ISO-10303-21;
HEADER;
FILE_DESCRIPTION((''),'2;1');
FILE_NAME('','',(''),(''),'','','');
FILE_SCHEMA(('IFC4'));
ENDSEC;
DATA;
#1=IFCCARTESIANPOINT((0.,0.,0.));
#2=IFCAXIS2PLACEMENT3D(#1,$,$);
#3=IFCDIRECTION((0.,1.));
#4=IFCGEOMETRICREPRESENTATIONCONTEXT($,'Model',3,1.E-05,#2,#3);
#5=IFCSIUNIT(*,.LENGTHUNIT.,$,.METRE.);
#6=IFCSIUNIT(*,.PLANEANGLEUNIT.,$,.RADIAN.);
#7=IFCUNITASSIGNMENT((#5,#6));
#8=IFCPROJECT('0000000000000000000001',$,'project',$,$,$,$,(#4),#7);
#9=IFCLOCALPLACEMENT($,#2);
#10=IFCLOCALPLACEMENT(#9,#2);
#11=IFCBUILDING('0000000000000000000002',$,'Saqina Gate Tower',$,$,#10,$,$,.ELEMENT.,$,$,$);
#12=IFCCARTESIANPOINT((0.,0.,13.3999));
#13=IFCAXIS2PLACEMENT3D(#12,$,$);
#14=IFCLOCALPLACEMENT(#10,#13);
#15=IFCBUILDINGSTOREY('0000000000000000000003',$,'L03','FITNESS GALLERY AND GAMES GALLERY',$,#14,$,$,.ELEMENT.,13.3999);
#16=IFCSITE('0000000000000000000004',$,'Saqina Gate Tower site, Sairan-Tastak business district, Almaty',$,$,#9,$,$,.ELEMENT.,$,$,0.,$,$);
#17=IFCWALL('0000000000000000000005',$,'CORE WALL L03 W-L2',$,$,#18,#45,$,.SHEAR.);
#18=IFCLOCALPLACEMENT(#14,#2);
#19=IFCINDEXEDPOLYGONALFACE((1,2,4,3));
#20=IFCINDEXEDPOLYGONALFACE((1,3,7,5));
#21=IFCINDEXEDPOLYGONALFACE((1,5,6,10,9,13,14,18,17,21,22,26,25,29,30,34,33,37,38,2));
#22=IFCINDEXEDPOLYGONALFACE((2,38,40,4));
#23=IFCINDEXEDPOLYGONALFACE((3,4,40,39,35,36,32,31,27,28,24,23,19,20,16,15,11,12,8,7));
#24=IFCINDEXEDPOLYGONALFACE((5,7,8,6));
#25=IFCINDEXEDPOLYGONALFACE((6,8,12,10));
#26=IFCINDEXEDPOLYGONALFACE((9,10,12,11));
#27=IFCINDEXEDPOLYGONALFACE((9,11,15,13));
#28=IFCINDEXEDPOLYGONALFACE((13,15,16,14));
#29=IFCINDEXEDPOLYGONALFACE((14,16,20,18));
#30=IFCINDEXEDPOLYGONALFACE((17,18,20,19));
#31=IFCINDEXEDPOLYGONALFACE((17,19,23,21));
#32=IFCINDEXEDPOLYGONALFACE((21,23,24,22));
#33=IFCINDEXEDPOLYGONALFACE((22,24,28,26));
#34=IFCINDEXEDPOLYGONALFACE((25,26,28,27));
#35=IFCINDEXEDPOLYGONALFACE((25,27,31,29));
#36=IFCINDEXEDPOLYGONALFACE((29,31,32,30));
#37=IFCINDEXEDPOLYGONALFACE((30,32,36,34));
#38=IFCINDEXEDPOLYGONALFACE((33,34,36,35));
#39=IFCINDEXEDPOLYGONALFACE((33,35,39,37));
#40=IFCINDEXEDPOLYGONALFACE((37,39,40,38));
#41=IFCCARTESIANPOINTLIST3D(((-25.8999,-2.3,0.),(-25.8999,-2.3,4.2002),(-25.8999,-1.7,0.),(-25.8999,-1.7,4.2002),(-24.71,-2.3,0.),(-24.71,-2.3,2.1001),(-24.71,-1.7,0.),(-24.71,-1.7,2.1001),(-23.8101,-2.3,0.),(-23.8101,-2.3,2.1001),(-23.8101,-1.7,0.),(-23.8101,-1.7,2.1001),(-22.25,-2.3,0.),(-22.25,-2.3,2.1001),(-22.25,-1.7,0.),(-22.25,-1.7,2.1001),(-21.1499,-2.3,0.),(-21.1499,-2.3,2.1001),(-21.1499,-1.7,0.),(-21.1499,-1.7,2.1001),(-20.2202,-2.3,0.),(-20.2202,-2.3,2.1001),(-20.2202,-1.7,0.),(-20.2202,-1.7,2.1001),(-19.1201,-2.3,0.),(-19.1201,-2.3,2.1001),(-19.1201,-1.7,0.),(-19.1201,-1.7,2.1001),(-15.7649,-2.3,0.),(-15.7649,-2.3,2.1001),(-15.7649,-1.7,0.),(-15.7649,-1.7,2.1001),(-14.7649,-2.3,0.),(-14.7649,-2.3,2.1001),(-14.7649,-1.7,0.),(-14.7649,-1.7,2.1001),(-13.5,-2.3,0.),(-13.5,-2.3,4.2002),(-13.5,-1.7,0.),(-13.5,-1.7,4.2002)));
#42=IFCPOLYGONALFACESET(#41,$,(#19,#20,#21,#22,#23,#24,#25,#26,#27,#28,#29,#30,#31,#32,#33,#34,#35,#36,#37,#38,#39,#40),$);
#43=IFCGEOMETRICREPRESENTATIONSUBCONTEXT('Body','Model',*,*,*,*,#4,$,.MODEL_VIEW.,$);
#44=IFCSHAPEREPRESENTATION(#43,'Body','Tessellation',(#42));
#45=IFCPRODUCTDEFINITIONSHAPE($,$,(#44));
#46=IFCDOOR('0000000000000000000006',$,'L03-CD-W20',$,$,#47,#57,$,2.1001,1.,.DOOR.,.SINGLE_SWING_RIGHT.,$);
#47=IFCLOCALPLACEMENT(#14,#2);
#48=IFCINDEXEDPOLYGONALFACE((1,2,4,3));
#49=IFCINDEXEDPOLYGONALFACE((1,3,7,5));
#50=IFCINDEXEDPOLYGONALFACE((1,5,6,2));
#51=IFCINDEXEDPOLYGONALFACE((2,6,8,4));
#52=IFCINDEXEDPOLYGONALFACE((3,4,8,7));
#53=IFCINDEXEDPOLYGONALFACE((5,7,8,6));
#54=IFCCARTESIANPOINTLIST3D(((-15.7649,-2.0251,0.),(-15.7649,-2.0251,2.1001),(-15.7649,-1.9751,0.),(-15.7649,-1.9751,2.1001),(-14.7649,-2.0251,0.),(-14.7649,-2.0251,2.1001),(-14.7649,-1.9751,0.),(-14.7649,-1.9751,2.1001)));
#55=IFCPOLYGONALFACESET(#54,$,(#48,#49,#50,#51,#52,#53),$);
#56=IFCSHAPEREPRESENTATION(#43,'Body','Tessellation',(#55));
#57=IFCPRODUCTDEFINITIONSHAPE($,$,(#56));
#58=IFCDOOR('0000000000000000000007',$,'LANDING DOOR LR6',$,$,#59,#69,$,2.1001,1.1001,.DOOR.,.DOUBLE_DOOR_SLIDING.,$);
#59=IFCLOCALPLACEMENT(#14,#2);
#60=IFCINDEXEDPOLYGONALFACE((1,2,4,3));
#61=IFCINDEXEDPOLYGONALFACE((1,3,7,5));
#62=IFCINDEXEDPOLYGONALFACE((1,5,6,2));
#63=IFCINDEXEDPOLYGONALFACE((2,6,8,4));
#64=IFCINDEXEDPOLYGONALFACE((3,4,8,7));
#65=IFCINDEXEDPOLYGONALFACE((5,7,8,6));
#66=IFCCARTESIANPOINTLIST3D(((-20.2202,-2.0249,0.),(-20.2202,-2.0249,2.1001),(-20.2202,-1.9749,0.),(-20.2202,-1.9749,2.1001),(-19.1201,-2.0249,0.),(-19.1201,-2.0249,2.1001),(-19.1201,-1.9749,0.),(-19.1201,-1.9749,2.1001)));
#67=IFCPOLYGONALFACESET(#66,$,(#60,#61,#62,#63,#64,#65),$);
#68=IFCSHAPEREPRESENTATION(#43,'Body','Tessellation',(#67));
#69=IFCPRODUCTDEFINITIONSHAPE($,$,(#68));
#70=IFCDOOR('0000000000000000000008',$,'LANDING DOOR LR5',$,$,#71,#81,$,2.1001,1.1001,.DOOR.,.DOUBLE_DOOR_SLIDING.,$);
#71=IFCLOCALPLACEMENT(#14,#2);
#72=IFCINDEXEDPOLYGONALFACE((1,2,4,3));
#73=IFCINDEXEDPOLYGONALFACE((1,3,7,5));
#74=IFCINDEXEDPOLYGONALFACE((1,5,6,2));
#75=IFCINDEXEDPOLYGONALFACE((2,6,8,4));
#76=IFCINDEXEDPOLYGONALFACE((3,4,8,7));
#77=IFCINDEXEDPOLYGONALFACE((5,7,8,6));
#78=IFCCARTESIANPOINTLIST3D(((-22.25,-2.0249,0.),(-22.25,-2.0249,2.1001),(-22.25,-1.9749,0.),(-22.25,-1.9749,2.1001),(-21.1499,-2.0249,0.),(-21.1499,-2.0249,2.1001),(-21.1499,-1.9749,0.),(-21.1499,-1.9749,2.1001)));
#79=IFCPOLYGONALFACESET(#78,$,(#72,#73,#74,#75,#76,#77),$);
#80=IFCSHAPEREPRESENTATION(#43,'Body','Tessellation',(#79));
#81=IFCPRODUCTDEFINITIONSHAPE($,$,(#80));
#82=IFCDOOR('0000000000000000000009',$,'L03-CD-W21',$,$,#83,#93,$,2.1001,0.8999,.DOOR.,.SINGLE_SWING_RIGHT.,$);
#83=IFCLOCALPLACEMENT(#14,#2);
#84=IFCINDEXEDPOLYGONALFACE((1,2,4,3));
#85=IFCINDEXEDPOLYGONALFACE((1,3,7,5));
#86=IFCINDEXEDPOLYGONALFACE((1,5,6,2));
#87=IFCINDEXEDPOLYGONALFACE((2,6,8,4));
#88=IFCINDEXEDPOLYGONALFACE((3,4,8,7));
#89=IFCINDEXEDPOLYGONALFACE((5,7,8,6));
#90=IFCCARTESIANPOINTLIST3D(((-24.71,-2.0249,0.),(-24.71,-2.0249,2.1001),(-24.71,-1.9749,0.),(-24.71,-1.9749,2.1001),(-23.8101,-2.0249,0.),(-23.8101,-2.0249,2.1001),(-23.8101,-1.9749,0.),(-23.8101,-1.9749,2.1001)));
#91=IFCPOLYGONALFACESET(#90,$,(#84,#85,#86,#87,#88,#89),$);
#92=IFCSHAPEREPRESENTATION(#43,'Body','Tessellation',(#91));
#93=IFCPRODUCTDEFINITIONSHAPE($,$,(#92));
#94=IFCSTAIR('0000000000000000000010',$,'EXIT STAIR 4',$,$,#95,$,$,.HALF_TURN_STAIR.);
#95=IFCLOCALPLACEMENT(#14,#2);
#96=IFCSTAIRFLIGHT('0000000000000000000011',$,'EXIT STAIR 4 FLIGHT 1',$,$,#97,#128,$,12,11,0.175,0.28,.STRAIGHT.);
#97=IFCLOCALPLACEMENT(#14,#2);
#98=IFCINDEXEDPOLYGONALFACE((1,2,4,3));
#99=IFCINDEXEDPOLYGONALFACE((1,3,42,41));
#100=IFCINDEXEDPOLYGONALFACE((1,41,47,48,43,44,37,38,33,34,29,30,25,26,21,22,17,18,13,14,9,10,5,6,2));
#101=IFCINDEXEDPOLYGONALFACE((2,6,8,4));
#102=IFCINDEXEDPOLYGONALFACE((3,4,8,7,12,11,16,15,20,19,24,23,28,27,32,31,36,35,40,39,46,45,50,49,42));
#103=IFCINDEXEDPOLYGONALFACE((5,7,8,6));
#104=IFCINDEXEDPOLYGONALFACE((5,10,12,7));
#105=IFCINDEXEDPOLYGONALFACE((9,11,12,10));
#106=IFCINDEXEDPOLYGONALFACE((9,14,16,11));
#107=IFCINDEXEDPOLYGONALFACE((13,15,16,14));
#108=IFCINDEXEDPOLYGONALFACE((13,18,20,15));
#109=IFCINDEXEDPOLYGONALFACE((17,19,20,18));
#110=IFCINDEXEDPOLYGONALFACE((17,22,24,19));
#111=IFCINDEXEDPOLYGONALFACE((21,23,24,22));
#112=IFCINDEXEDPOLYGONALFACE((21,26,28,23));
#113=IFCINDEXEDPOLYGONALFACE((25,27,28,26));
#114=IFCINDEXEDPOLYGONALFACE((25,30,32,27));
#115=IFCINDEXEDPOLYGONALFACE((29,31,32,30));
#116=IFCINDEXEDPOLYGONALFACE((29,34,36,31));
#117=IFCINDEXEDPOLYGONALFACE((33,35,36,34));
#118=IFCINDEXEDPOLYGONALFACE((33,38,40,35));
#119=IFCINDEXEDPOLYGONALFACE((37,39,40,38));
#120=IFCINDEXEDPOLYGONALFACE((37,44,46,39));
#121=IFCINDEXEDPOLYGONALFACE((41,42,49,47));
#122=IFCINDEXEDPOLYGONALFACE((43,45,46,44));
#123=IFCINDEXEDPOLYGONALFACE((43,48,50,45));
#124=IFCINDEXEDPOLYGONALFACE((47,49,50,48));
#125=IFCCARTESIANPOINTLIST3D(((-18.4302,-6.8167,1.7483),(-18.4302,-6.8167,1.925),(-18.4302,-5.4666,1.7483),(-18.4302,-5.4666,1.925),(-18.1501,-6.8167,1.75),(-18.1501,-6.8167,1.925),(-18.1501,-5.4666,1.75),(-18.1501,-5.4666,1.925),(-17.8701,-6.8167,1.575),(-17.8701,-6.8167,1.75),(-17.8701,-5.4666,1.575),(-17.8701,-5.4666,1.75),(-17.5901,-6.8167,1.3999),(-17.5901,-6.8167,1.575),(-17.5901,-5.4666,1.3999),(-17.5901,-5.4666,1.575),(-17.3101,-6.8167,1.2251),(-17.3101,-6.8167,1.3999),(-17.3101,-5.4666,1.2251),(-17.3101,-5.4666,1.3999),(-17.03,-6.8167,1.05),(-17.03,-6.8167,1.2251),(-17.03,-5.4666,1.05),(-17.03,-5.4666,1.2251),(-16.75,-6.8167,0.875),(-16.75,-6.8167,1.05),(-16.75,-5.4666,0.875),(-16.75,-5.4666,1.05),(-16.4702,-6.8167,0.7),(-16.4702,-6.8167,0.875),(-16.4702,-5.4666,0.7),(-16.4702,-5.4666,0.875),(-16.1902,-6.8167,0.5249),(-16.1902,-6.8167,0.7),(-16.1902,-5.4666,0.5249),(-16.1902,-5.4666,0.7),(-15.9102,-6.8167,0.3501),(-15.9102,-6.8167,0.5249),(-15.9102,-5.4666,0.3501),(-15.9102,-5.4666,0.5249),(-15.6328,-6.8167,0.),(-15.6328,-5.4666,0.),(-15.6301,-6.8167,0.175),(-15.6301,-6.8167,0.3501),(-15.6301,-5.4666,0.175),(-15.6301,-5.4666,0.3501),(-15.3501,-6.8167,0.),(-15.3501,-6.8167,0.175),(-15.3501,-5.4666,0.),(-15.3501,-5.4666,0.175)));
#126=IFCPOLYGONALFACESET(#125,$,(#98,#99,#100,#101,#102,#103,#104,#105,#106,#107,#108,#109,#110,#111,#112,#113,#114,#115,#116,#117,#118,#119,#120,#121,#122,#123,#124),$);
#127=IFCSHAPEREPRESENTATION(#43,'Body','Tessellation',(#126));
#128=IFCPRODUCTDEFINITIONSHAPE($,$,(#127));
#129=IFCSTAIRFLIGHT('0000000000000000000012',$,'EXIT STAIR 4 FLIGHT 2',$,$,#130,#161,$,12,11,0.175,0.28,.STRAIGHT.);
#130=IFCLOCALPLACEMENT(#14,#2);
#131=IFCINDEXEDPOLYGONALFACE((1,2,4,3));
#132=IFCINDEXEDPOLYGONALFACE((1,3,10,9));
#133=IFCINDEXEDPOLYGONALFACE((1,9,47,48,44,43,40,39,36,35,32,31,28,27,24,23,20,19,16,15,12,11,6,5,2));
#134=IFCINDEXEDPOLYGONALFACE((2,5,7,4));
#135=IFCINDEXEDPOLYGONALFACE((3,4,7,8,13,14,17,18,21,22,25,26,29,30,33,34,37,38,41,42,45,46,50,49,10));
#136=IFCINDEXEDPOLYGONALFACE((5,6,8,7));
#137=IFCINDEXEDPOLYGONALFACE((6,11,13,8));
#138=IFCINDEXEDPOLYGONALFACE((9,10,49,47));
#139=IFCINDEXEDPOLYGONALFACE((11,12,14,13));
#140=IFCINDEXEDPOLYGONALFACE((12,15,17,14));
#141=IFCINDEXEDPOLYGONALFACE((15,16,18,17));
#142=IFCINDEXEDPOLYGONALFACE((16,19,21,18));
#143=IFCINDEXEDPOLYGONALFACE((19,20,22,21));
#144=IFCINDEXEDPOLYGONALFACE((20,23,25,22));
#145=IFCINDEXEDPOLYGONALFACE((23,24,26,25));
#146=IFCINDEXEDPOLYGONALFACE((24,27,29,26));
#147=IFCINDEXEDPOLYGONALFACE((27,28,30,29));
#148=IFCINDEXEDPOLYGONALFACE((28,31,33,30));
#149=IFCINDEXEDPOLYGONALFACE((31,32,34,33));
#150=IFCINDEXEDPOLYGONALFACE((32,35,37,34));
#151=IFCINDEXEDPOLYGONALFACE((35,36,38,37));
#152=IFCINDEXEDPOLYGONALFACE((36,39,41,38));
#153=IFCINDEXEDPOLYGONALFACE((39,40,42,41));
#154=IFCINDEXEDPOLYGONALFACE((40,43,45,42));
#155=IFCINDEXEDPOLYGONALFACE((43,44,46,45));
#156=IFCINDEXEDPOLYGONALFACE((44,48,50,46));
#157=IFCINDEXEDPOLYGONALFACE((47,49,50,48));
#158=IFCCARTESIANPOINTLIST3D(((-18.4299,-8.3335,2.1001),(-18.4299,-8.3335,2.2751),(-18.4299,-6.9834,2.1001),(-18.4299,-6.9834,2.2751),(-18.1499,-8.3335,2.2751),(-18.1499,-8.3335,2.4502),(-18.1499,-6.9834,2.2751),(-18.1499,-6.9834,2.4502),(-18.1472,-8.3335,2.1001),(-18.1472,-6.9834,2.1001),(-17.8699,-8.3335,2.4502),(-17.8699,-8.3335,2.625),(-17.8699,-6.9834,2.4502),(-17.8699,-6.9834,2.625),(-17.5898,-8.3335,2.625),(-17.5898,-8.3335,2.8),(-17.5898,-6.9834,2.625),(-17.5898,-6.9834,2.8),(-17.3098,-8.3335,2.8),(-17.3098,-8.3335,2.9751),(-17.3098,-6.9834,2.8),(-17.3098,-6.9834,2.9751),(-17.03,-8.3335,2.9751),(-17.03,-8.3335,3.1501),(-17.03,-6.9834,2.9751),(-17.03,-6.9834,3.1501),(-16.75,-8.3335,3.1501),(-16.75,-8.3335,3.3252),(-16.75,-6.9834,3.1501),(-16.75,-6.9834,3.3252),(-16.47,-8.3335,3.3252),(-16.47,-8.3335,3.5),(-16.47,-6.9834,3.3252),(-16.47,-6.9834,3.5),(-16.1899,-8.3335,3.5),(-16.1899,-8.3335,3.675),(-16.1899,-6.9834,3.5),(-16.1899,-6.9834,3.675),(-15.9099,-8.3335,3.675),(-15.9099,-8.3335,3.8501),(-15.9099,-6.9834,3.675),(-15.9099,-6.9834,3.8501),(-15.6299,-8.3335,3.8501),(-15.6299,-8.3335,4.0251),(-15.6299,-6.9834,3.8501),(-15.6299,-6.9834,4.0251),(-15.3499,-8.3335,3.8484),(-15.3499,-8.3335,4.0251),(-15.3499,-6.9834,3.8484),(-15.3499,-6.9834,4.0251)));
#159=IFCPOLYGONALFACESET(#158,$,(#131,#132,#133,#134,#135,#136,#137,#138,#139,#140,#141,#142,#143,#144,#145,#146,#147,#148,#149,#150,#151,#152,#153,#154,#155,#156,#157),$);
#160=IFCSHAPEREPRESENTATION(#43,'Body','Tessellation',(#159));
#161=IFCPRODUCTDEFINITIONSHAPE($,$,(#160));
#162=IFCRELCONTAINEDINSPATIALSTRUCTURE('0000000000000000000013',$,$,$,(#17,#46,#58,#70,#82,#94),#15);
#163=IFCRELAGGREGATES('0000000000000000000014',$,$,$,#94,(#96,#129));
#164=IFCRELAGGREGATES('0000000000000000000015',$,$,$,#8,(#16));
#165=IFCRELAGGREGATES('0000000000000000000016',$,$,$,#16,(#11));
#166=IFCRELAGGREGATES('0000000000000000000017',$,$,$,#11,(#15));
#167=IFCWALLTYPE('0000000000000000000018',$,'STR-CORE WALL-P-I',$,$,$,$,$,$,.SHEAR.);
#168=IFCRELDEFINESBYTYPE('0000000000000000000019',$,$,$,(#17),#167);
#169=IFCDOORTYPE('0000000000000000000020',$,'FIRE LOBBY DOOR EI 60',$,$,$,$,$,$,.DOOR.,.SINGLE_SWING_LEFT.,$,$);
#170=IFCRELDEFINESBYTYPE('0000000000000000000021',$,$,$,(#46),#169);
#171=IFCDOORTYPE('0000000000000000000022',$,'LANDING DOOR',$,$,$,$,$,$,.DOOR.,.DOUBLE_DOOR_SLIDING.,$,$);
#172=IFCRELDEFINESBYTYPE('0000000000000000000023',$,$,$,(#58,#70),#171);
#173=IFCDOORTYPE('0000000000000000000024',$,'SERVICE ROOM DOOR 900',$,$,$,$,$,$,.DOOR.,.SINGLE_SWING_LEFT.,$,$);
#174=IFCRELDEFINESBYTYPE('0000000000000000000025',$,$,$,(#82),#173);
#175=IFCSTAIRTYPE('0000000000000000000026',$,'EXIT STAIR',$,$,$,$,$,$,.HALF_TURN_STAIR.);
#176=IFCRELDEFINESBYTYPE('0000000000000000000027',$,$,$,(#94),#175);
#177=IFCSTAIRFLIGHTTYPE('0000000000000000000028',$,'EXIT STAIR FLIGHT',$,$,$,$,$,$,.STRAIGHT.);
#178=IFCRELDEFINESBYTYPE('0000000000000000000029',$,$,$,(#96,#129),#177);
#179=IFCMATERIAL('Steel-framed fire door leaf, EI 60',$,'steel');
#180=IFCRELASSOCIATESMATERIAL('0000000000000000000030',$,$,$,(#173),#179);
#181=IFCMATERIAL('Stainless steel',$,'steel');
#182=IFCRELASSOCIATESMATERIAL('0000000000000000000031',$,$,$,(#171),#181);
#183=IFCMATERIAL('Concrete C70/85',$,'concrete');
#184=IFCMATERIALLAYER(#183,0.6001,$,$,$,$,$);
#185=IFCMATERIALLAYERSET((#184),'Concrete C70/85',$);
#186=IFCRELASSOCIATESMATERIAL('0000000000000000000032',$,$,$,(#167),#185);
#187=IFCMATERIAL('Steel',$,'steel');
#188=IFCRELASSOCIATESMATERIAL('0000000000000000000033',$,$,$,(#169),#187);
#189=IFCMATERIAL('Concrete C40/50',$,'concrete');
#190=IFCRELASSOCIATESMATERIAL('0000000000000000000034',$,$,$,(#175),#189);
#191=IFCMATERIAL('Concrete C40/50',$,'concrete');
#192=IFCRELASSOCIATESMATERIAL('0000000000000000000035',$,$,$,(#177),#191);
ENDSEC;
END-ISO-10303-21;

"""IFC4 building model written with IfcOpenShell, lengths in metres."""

from ifc_helpers import new_model, si_unit, direction, frame, frame_2d, origin, place, context, subcontext, project, spatial, polyline, rectangle, outline, extrude, material, layer, layer_set, type_object, element, fill, aggregate, save


model = new_model("IFC4")

# Units and contexts
model_context = context("Model", 3, precision=1e-05, world=origin(), true_north=direction((0.0, 1.0)))
body_context = subcontext(model_context, "Body", "Model", "MODEL_VIEW")
ifc_project = project(units=[si_unit("LENGTHUNIT", "METRE"), si_unit("PLANEANGLEUNIT", "RADIAN")], contexts=[model_context])

# Site, building, storey
site_placement = place(None, origin())
site = spatial("IfcSite", under=ifc_project, at=site_placement, Name="Saqina Gate Tower site, Sairan-Tastak business district, Almaty", CompositionType="ELEMENT", RefElevation=0.0)
building_placement = place(site_placement, origin())
building = spatial("IfcBuilding", under=site, at=building_placement, Name="Saqina Gate Tower", CompositionType="ELEMENT")
storey_placement = place(building_placement, frame((0.0, 0.0, 13.3999)))
storey = spatial("IfcBuildingStorey", under=building, at=storey_placement, Name="L03", Description="FITNESS GALLERY AND GAMES GALLERY", CompositionType="ELEMENT", Elevation=13.3999)

# Shared definitions
ifc_material_1 = material(Name="Steel-framed fire door leaf, EI 60", Category="steel")
door_type_1 = type_object("IfcDoorType", Name="SERVICE ROOM DOOR 900", OperationType="SINGLE_SWING_LEFT", PredefinedType="DOOR", material=ifc_material_1)
ifc_material_2 = material(Name="Stainless steel", Category="steel")
door_type_2 = type_object("IfcDoorType", Name="LANDING DOOR", OperationType="DOUBLE_DOOR_SLIDING", PredefinedType="DOOR", material=ifc_material_2)

# Wall, openings, doors
ifc_material_3 = material(Name="Concrete C70/85", Category="concrete")
ifc_layer_1 = layer(ifc_material_3, 0.6001)
ifc_layer_set_1 = layer_set([ifc_layer_1], Name="Concrete C70/85")
wall_type_1 = type_object("IfcWallType", Name="STR-CORE WALL-P-I", PredefinedType="SHEAR", material=ifc_layer_set_1)
wall_1_placement = place(storey_placement, frame((-13.5, -2.0, 0.0), z_axis=(0.0, 0.0, 1.0), x_axis=(-1.0, 0.0, 0.0)))
wall_1 = element("IfcWall", 1, at=wall_1_placement, inside=storey, type_object=wall_type_1, Name="CORE WALL L03 W-L2", PredefinedType="SHEAR", context=body_context, shape_type="SweptSolid", body=[
    extrude(rectangle(XDim=12.3999, YDim=0.6001, at=frame_2d((6.2, 0.0))), origin(), (0.0, 0.0, 1.0), 4.2002),
])
opening_1_placement = place(wall_1_placement, frame((5.6201, 0.0, 0.0)))
opening_1 = element("IfcOpeningElement", 2, at=opening_1_placement, cuts=wall_1, PredefinedType="OPENING", context=body_context, shape_type="SweptSolid", body=[
    extrude(rectangle(XDim=1.1001, YDim=2.1001, at=frame_2d((0.55, 1.05))), frame((0.0, 0.312, 0.0), z_axis=(0.0, -1.0, 0.0), x_axis=(1.0, 0.0, 0.0)), (0.0, 0.0, 1.0), 0.624),
])
opening_2_placement = place(wall_1_placement, frame((7.6499, 0.0, 0.0)))
opening_2 = element("IfcOpeningElement", 3, at=opening_2_placement, cuts=wall_1, PredefinedType="OPENING", context=body_context, shape_type="SweptSolid", body=[
    extrude(rectangle(XDim=1.1001, YDim=2.1001, at=frame_2d((0.55, 1.05))), frame((0.0, 0.312, 0.0), z_axis=(0.0, -1.0, 0.0), x_axis=(1.0, 0.0, 0.0)), (0.0, 0.0, 1.0), 0.624),
])
opening_3_placement = place(wall_1_placement, frame((1.2649, 0.0, 0.0)))
opening_3 = element("IfcOpeningElement", 4, at=opening_3_placement, cuts=wall_1, PredefinedType="OPENING", context=body_context, shape_type="SweptSolid", body=[
    extrude(rectangle(XDim=1.0, YDim=2.1001, at=frame_2d((0.5, 1.05))), frame((0.0, 0.312, 0.0), z_axis=(0.0, -1.0, 0.0), x_axis=(1.0, 0.0, 0.0)), (0.0, 0.0, 1.0), 0.624),
])
opening_4_placement = place(wall_1_placement, frame((10.3101, 0.0, 0.0)))
opening_4 = element("IfcOpeningElement", 5, at=opening_4_placement, cuts=wall_1, PredefinedType="OPENING", context=body_context, shape_type="SweptSolid", body=[
    extrude(rectangle(XDim=0.8999, YDim=2.1001, at=frame_2d((0.45, 1.05))), frame((0.0, 0.312, 0.0), z_axis=(0.0, -1.0, 0.0), x_axis=(1.0, 0.0, 0.0)), (0.0, 0.0, 1.0), 0.624),
])
ifc_material_4 = material(Name="Steel", Category="steel")
door_type_3 = type_object("IfcDoorType", Name="FIRE LOBBY DOOR EI 60", OperationType="SINGLE_SWING_LEFT", PredefinedType="DOOR", material=ifc_material_4)
door_1_placement = place(opening_3_placement, frame((1.0, 0.0, 0.0), z_axis=(0.0, 0.0, 1.0), x_axis=(-1.0, 0.0, 0.0)))
door_1 = element("IfcDoor", 6, at=door_1_placement, inside=storey, type_object=door_type_3, Name="L03-CD-W20", OperationType="SINGLE_SWING_RIGHT", OverallHeight=2.1001, OverallWidth=1.0, PredefinedType="DOOR", context=body_context, shape_type="SweptSolid", body=[
    extrude(rectangle(XDim=1.0, YDim=2.1001, at=frame_2d((0.5, 1.05))), frame((0.0, 0.0249, 0.0), z_axis=(0.0, -1.0, 0.0), x_axis=(1.0, 0.0, 0.0)), (0.0, 0.0, 1.0), 0.05),
])
fill(opening_3, door_1)
door_2_placement = place(opening_1_placement, origin())
door_2 = element("IfcDoor", 7, at=door_2_placement, inside=storey, type_object=door_type_2, Name="LANDING DOOR LR6", OperationType="DOUBLE_DOOR_SLIDING", OverallHeight=2.1001, OverallWidth=1.1001, PredefinedType="DOOR", context=body_context, shape_type="SweptSolid", body=[
    extrude(rectangle(XDim=1.1001, YDim=2.1001, at=frame_2d((0.55, 1.05))), frame((0.0, 0.0249, 0.0), z_axis=(0.0, -1.0, 0.0), x_axis=(1.0, 0.0, 0.0)), (0.0, 0.0, 1.0), 0.05),
])
fill(opening_1, door_2)
door_3_placement = place(opening_2_placement, origin())
door_3 = element("IfcDoor", 8, at=door_3_placement, inside=storey, type_object=door_type_2, Name="LANDING DOOR LR5", OperationType="DOUBLE_DOOR_SLIDING", OverallHeight=2.1001, OverallWidth=1.1001, PredefinedType="DOOR", context=body_context, shape_type="SweptSolid", body=[
    extrude(rectangle(XDim=1.1001, YDim=2.1001, at=frame_2d((0.55, 1.05))), frame((0.0, 0.0249, 0.0), z_axis=(0.0, -1.0, 0.0), x_axis=(1.0, 0.0, 0.0)), (0.0, 0.0, 1.0), 0.05),
])
fill(opening_2, door_3)
door_4_placement = place(opening_4_placement, origin())
door_4 = element("IfcDoor", 9, at=door_4_placement, inside=storey, type_object=door_type_1, Name="L03-CD-W21", OperationType="SINGLE_SWING_RIGHT", OverallHeight=2.1001, OverallWidth=0.8999, PredefinedType="DOOR", context=body_context, shape_type="SweptSolid", body=[
    extrude(rectangle(XDim=0.8999, YDim=2.1001, at=frame_2d((0.45, 1.05))), frame((0.0, 0.0249, 0.0), z_axis=(0.0, -1.0, 0.0), x_axis=(1.0, 0.0, 0.0)), (0.0, 0.0, 1.0), 0.05),
])
fill(opening_4, door_4)

# Stair, stair flights
ifc_material_5 = material(Name="Concrete C40/50", Category="concrete")
stair_type = type_object("IfcStairType", Name="EXIT STAIR", PredefinedType="HALF_TURN_STAIR", material=ifc_material_5)
stair_placement = place(storey_placement, origin())
stair = element("IfcStair", 10, at=stair_placement, inside=storey, type_object=stair_type, Name="EXIT STAIR 4", PredefinedType="HALF_TURN_STAIR")
ifc_material_6 = material(Name="Concrete C40/50", Category="concrete")
stair_flight_type = type_object("IfcStairFlightType", Name="EXIT STAIR FLIGHT", PredefinedType="STRAIGHT", material=ifc_material_6)
stair_flight_1_placement = place(storey_placement, frame((-15.3501, -6.1416, 0.0), z_axis=(0.0, 0.0, 1.0), x_axis=(-1.0, 0.0, 0.0)))
stair_flight_1 = element("IfcStairFlight", 11, at=stair_flight_1_placement, type_object=stair_flight_type, Name="EXIT STAIR 4 FLIGHT 1", NumberOfRisers=12, NumberOfTreads=11, PredefinedType="STRAIGHT", RiserHeight=0.175, TreadLength=0.28, context=body_context, shape_type="SweptSolid", body=[
    extrude(outline(polyline([(0.0, 0.0), (0.0, 0.175), (0.28, 0.175), (0.28, 0.3501), (0.5601, 0.3501), (0.5601, 0.5249), (0.8401, 0.5249), (0.8401, 0.7), (1.1201, 0.7), (1.1201, 0.875), (1.3999, 0.875), (1.3999, 1.05), (1.6799, 1.05), (1.6799, 1.2251), (1.96, 1.2251), (1.96, 1.3999), (2.24, 1.3999), (2.24, 1.575), (2.52, 1.575), (2.52, 1.75), (2.8, 1.75), (2.8, 1.925), (3.0801, 1.925), (3.0801, 2.1001), (3.0801, 1.7483), (0.2827, 0.0), (0.0, 0.0)])), frame((0.0, 0.675, 0.0), z_axis=(0.0, -1.0, 0.0), x_axis=(1.0, 0.0, 0.0)), (0.0, 0.0, 1.0), 1.3501),
])
stair_flight_2_placement = place(storey_placement, frame((-18.4299, -7.6584, 2.1001), z_axis=(0.0, 0.0, 1.0), x_axis=(1.0, 0.0, 0.0)))
stair_flight_2 = element("IfcStairFlight", 12, at=stair_flight_2_placement, type_object=stair_flight_type, Name="EXIT STAIR 4 FLIGHT 2", NumberOfRisers=12, NumberOfTreads=11, PredefinedType="STRAIGHT", RiserHeight=0.175, TreadLength=0.28, context=body_context, shape_type="SweptSolid", body=[
    extrude(outline(polyline([(0.0, 0.0), (0.0, 0.175), (0.28, 0.175), (0.28, 0.3501), (0.5601, 0.3501), (0.5601, 0.5249), (0.8401, 0.5249), (0.8401, 0.7), (1.1201, 0.7), (1.1201, 0.875), (1.3999, 0.875), (1.3999, 1.05), (1.6799, 1.05), (1.6799, 1.2251), (1.96, 1.2251), (1.96, 1.3999), (2.24, 1.3999), (2.24, 1.575), (2.52, 1.575), (2.52, 1.75), (2.8, 1.75), (2.8, 1.925), (3.0801, 1.925), (3.0801, 2.1001), (3.0801, 1.7483), (0.2827, 0.0), (0.0, 0.0)])), frame((0.0, 0.675, 0.0), z_axis=(0.0, -1.0, 0.0), x_axis=(1.0, 0.0, 0.0)), (0.0, 0.0, 1.0), 1.3501),
])
aggregate(stair, [stair_flight_1, stair_flight_2])

save(model, "model.ifc")
